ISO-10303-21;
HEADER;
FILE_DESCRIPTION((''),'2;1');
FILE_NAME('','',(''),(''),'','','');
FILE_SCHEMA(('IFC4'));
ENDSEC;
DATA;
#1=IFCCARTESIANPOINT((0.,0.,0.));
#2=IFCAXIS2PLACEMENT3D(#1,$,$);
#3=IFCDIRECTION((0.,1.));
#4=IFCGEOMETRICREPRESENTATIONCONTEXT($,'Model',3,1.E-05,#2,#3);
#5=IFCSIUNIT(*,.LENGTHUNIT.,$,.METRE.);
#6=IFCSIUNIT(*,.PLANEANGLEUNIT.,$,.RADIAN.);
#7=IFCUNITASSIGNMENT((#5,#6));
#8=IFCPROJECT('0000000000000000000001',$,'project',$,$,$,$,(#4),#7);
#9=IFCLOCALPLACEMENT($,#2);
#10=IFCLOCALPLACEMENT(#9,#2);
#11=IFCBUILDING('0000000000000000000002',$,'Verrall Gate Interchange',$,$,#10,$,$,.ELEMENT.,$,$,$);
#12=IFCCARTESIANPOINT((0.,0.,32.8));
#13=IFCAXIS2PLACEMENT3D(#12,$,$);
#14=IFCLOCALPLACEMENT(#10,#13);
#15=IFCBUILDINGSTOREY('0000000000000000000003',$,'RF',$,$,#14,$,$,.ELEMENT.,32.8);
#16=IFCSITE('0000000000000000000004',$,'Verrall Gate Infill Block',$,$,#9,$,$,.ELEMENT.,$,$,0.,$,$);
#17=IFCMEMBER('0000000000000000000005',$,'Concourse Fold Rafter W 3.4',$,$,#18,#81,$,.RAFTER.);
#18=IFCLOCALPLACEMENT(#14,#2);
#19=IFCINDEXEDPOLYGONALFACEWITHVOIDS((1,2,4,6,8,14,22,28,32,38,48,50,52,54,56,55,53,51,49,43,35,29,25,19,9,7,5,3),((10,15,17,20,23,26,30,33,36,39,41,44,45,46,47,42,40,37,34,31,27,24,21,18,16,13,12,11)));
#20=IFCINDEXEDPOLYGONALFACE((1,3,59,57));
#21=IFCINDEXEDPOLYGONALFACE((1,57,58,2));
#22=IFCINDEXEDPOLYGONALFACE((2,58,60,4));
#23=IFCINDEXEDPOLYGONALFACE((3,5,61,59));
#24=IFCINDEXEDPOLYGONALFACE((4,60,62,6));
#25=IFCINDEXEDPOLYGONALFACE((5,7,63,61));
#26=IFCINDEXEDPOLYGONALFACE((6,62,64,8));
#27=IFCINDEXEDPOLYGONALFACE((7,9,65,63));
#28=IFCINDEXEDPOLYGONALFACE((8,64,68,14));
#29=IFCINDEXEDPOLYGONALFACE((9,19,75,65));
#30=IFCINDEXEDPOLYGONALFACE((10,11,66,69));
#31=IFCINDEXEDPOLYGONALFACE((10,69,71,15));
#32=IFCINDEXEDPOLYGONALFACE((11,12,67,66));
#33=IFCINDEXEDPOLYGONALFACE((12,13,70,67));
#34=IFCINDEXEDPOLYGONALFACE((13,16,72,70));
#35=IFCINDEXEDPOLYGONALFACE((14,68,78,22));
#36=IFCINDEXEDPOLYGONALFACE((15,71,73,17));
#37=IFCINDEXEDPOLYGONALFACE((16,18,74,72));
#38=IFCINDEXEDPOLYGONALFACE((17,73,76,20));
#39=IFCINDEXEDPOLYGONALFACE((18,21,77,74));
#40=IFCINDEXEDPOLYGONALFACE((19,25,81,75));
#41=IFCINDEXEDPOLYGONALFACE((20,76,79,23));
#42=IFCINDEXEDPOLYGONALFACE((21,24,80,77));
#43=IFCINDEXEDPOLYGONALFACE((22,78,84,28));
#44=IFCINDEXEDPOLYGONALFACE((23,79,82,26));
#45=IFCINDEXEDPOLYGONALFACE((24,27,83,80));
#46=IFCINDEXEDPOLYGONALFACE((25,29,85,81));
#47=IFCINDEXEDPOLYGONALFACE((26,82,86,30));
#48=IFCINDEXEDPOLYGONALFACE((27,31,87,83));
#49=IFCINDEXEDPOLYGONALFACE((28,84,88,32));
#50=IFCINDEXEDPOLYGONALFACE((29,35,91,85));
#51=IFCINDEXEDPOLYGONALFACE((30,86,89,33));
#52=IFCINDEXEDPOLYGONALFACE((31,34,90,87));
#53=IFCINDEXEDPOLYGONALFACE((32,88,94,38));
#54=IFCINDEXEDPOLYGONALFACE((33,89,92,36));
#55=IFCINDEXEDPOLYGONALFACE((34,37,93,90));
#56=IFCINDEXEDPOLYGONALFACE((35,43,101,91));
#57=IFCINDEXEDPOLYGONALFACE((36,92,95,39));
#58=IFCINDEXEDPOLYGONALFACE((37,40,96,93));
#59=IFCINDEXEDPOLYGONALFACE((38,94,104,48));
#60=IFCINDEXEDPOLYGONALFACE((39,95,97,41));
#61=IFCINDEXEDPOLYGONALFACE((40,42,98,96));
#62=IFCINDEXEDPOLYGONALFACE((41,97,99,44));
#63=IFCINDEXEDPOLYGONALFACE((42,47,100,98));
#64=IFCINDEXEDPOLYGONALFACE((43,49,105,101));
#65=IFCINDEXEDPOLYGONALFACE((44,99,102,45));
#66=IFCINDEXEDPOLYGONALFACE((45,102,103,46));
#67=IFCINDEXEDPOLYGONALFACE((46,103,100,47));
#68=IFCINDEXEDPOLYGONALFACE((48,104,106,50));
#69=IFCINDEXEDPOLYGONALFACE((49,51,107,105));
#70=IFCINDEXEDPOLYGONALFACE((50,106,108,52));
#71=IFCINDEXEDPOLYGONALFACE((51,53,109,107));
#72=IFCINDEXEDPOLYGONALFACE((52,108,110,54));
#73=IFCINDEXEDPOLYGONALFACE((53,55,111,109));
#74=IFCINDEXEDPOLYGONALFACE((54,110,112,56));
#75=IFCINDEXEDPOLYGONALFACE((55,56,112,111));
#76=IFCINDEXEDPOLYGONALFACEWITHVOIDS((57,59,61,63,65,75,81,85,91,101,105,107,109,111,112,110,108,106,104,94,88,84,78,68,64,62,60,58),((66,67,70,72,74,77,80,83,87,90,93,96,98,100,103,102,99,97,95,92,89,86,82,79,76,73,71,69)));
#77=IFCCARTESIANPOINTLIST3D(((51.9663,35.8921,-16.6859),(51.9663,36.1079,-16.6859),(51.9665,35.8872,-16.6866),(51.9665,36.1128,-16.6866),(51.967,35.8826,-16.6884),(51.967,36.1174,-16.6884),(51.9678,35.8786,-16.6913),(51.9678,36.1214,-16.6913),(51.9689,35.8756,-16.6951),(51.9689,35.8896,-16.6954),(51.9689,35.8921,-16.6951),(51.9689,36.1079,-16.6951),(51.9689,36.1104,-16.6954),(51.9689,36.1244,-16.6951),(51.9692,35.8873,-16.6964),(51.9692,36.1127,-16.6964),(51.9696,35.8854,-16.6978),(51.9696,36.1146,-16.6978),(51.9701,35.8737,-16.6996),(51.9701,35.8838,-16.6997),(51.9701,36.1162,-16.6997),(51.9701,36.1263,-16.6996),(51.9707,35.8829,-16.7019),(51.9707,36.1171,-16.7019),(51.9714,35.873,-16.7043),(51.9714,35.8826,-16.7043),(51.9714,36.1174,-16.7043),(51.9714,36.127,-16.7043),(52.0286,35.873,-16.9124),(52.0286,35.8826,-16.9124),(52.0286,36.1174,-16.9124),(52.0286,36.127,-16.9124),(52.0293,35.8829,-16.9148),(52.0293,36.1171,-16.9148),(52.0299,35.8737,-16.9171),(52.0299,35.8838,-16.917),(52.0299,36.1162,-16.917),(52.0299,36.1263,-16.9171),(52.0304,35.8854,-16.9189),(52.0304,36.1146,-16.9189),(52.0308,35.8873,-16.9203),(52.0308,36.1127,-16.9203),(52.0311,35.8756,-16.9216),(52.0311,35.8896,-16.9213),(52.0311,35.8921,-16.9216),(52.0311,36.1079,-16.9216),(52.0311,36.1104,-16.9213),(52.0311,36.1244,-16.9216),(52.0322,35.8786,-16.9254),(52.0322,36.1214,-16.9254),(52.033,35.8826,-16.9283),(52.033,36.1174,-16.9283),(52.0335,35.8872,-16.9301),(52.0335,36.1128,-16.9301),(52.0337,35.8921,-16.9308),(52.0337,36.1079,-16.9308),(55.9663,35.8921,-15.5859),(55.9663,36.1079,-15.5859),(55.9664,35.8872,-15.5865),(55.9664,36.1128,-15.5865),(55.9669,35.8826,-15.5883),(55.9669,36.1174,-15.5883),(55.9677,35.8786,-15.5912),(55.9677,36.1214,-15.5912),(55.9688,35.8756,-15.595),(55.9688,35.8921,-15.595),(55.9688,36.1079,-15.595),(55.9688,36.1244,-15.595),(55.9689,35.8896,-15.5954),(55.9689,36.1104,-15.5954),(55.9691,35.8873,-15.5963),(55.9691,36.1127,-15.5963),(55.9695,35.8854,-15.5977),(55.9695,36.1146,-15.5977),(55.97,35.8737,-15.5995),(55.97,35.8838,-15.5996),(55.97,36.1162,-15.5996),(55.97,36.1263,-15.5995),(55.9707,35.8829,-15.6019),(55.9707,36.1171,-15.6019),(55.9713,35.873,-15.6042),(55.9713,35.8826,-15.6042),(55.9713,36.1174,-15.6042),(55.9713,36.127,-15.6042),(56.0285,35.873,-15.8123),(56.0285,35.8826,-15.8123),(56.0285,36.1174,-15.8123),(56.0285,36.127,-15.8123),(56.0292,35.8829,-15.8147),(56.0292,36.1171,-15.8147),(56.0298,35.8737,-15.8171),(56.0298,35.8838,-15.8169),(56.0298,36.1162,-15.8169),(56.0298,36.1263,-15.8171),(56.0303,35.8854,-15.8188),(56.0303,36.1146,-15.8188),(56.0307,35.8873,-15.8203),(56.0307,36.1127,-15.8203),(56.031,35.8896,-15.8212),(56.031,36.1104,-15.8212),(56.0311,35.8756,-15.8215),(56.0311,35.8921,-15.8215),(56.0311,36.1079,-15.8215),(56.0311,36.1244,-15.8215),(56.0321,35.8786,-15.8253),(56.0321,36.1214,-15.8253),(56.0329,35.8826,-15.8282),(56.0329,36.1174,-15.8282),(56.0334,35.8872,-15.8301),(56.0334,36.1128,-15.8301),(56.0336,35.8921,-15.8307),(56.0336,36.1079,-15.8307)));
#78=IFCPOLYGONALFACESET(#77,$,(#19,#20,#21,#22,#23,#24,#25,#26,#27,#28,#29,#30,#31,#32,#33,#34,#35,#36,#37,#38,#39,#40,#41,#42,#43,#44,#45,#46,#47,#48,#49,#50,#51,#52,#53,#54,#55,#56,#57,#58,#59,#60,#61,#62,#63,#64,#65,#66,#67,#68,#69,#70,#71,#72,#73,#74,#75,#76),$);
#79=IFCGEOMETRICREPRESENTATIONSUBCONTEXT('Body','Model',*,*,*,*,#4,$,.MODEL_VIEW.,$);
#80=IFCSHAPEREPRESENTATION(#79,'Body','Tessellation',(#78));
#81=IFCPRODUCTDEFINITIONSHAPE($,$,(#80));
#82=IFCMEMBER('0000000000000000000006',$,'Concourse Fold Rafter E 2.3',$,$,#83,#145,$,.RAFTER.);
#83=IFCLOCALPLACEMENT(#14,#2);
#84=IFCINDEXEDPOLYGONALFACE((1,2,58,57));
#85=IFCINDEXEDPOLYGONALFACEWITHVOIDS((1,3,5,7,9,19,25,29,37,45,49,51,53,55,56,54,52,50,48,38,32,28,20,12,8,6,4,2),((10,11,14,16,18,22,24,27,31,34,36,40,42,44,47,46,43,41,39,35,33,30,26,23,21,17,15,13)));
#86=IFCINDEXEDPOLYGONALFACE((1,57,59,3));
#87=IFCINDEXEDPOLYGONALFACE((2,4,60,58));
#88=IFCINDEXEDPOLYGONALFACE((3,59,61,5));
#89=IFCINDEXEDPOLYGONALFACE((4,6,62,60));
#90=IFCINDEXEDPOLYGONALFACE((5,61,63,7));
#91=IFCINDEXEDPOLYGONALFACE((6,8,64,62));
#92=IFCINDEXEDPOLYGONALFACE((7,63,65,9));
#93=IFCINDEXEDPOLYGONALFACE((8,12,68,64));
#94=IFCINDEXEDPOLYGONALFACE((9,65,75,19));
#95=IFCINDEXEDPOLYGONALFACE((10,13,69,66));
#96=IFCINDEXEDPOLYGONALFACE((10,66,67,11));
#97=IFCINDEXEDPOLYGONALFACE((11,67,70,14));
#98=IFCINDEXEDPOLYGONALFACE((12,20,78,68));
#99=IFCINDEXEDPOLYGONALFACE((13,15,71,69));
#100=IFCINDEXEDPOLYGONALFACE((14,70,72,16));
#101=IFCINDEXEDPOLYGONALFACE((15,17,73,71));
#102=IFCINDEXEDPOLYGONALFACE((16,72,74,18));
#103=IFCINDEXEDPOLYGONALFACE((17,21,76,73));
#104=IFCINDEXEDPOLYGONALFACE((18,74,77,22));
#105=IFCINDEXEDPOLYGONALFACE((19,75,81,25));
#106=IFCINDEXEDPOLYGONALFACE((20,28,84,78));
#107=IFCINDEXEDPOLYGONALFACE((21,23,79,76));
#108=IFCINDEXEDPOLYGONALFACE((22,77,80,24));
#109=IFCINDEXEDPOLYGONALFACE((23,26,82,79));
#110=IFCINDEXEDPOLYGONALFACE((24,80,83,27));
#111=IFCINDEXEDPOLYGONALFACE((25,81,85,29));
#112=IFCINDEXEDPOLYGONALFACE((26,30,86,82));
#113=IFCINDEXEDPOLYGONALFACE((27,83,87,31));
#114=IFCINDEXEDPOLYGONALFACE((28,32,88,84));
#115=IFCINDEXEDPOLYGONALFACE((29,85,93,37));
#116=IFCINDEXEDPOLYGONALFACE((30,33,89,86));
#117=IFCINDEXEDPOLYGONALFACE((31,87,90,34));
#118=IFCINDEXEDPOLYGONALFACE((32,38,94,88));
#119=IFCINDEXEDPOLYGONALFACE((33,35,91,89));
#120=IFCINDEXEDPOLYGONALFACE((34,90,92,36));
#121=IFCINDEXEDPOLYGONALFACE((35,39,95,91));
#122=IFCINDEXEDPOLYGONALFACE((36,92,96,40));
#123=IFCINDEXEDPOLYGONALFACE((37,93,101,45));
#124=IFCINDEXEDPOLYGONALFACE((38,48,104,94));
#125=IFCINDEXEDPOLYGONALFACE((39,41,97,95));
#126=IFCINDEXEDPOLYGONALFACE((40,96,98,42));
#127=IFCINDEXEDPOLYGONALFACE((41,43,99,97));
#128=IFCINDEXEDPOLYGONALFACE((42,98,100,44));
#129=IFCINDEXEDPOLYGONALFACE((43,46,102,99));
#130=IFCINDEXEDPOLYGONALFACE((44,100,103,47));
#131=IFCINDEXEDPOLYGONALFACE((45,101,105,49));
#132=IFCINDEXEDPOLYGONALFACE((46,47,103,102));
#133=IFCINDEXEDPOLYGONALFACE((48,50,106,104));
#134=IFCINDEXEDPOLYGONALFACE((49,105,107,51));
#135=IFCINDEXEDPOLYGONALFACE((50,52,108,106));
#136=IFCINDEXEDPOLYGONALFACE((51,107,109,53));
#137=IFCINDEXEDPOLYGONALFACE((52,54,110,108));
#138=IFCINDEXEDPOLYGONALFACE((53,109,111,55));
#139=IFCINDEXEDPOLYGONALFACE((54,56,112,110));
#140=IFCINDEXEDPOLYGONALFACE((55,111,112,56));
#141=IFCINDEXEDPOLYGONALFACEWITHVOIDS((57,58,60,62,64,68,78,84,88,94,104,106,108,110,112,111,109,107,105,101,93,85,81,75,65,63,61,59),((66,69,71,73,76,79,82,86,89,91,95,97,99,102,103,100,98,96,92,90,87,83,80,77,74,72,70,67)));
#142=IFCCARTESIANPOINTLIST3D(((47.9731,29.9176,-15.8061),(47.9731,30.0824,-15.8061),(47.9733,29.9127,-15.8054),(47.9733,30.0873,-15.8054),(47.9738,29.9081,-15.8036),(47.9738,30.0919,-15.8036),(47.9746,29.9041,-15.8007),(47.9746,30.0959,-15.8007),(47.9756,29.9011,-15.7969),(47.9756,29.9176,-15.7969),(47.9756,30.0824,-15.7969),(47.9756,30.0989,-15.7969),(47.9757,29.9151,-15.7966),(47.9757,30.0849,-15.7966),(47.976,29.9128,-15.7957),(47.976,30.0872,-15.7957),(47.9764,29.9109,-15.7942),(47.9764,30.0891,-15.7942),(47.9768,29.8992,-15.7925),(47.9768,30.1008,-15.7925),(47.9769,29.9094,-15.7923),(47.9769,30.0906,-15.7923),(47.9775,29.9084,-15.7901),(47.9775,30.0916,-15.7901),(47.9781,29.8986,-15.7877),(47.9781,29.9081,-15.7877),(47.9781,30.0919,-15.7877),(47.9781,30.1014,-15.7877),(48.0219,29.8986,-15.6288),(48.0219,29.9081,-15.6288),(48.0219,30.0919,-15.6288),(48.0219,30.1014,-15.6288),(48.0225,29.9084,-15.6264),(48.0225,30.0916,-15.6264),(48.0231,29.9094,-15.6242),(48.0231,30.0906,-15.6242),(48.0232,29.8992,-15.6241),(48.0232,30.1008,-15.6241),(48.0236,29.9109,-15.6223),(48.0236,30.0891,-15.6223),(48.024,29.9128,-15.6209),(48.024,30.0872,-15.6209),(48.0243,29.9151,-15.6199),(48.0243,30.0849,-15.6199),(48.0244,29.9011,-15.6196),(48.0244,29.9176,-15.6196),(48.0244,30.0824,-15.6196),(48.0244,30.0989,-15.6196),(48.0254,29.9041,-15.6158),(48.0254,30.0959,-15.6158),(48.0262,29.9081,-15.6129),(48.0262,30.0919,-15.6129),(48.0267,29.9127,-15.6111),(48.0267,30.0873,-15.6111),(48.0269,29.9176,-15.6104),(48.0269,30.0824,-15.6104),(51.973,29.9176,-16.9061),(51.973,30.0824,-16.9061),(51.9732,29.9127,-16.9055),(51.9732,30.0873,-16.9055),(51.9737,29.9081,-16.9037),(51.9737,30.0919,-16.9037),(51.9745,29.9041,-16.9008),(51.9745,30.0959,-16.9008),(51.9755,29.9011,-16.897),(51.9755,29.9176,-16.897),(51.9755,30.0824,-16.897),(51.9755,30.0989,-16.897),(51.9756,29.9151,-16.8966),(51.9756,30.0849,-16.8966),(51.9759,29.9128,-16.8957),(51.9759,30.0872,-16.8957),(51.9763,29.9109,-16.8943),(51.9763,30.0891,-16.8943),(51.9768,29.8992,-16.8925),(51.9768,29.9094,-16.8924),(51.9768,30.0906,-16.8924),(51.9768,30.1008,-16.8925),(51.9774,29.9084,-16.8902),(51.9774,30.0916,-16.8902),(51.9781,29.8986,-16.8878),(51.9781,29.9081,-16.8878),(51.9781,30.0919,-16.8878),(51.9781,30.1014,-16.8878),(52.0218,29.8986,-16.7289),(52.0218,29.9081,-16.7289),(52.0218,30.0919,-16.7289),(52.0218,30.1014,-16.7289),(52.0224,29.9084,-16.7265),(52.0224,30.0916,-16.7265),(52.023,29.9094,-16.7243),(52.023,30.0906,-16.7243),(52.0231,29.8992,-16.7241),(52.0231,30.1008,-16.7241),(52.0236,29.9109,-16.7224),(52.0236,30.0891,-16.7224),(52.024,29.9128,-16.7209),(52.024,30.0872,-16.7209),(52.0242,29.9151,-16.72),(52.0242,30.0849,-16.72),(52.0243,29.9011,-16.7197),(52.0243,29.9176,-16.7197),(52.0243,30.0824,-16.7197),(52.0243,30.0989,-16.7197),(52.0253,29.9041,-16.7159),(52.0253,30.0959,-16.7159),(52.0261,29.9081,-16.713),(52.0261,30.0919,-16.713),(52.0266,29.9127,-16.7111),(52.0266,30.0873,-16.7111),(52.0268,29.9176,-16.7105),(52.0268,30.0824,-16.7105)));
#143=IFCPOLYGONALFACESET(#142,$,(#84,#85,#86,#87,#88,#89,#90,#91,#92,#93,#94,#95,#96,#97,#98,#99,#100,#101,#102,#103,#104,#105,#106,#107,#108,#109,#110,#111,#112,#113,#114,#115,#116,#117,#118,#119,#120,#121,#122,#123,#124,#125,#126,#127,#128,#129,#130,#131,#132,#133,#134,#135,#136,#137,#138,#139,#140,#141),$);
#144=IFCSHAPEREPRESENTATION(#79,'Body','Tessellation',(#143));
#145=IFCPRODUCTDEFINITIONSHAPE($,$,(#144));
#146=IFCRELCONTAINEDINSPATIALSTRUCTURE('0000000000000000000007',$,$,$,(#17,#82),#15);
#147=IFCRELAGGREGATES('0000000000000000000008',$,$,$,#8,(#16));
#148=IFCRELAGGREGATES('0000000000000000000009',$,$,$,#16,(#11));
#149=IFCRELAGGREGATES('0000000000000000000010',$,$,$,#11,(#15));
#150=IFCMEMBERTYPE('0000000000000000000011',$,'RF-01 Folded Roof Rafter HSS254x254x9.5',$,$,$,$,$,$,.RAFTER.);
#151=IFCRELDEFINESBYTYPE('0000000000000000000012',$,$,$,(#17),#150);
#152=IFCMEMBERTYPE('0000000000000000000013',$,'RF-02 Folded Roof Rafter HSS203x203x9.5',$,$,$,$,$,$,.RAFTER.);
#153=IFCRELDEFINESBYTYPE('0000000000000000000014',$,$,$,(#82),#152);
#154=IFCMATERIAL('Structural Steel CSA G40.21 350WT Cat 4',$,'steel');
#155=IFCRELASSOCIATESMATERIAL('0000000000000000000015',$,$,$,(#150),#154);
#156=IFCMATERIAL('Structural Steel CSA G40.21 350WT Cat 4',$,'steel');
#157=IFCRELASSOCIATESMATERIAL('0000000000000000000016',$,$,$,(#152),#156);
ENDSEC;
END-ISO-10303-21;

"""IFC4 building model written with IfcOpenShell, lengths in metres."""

from ifc_helpers import new_model, si_unit, direction, frame, origin, origin_2d, place, context, subcontext, project, spatial, hollow_rectangle, extrude, material, material_profile, profile_set, type_object, element, save


model = new_model("IFC4")

# Units and contexts
model_context = context("Model", 3, precision=1e-05, world=origin(), true_north=direction((0.0, 1.0)))
body_context = subcontext(model_context, "Body", "Model", "MODEL_VIEW")
ifc_project = project(units=[si_unit("LENGTHUNIT", "METRE"), si_unit("PLANEANGLEUNIT", "RADIAN")], contexts=[model_context])

# Site, building, storey
site_placement = place(None, origin())
site = spatial("IfcSite", under=ifc_project, at=site_placement, Name="Verrall Gate Infill Block", CompositionType="ELEMENT", RefElevation=0.0)
building_placement = place(site_placement, origin())
building = spatial("IfcBuilding", under=site, at=building_placement, Name="Verrall Gate Interchange", CompositionType="ELEMENT")
storey_placement = place(building_placement, frame((0.0, 0.0, 32.8)))
storey = spatial("IfcBuildingStorey", under=building, at=storey_placement, Name="RF", CompositionType="ELEMENT", Elevation=32.8)

# Members
ifc_material_1 = material(Name="Structural Steel CSA G40.21 350WT Cat 4", Category="steel")
ifc_material_profile_1 = material_profile(ifc_material_1, hollow_rectangle(XDim=0.2539, YDim=0.2539, WallThickness=0.0095, InnerFilletRadius=0.0095, OuterFilletRadius=0.019, at=origin_2d()), Name="HSS254x254x9.5")
ifc_profile_set_1 = profile_set([ifc_material_profile_1], Name="Structural Steel CSA G40.21 350WT Cat 4")
member_type_1 = type_object("IfcMemberType", Name="RF-01 Folded Roof Rafter HSS254x254x9.5", PredefinedType="RAFTER", material=ifc_profile_set_1)
for number, where, z_axis, x_axis, name in (
    (1, (52.0, 36.0, -16.8083), (0.964199, 0.0, 0.265178), (0.0, 1.0, 0.0), "Concourse Fold Rafter W 3.4"),
):
    element("IfcMember", number, at=place(storey_placement, frame(where, z_axis=z_axis, x_axis=x_axis)), inside=storey, type_object=member_type_1, Name=name, PredefinedType="RAFTER", context=body_context, shape_type="SweptSolid", body=[
        extrude(hollow_rectangle(XDim=0.2539, YDim=0.2539, WallThickness=0.0095, InnerFilletRadius=0.0095, OuterFilletRadius=0.019, at=origin_2d()), origin(), (0.0, 0.0, 1.0), 4.1484),
    ])
ifc_material_2 = material(Name="Structural Steel CSA G40.21 350WT Cat 4", Category="steel")
ifc_material_profile_2 = material_profile(ifc_material_2, hollow_rectangle(XDim=0.2029, YDim=0.2029, WallThickness=0.0095, InnerFilletRadius=0.0095, OuterFilletRadius=0.019, at=origin_2d()), Name="HSS203x203x9.5")
ifc_profile_set_2 = profile_set([ifc_material_profile_2], Name="Structural Steel CSA G40.21 350WT Cat 4")
member_type_2 = type_object("IfcMemberType", Name="RF-02 Folded Roof Rafter HSS203x203x9.5", PredefinedType="RAFTER", material=ifc_profile_set_2)
for number, where, z_axis, x_axis, name in (
    (2, (48.0, 30.0, -15.7083), (0.964199, 0.0, -0.265178), (0.0, 1.0, 0.0), "Concourse Fold Rafter E 2.3"),
):
    element("IfcMember", number, at=place(storey_placement, frame(where, z_axis=z_axis, x_axis=x_axis)), inside=storey, type_object=member_type_2, Name=name, PredefinedType="RAFTER", context=body_context, shape_type="SweptSolid", body=[
        extrude(hollow_rectangle(XDim=0.2029, YDim=0.2029, WallThickness=0.0095, InnerFilletRadius=0.0095, OuterFilletRadius=0.019, at=origin_2d()), origin(), (0.0, 0.0, 1.0), 4.1484),
    ])

save(model, "model.ifc")
